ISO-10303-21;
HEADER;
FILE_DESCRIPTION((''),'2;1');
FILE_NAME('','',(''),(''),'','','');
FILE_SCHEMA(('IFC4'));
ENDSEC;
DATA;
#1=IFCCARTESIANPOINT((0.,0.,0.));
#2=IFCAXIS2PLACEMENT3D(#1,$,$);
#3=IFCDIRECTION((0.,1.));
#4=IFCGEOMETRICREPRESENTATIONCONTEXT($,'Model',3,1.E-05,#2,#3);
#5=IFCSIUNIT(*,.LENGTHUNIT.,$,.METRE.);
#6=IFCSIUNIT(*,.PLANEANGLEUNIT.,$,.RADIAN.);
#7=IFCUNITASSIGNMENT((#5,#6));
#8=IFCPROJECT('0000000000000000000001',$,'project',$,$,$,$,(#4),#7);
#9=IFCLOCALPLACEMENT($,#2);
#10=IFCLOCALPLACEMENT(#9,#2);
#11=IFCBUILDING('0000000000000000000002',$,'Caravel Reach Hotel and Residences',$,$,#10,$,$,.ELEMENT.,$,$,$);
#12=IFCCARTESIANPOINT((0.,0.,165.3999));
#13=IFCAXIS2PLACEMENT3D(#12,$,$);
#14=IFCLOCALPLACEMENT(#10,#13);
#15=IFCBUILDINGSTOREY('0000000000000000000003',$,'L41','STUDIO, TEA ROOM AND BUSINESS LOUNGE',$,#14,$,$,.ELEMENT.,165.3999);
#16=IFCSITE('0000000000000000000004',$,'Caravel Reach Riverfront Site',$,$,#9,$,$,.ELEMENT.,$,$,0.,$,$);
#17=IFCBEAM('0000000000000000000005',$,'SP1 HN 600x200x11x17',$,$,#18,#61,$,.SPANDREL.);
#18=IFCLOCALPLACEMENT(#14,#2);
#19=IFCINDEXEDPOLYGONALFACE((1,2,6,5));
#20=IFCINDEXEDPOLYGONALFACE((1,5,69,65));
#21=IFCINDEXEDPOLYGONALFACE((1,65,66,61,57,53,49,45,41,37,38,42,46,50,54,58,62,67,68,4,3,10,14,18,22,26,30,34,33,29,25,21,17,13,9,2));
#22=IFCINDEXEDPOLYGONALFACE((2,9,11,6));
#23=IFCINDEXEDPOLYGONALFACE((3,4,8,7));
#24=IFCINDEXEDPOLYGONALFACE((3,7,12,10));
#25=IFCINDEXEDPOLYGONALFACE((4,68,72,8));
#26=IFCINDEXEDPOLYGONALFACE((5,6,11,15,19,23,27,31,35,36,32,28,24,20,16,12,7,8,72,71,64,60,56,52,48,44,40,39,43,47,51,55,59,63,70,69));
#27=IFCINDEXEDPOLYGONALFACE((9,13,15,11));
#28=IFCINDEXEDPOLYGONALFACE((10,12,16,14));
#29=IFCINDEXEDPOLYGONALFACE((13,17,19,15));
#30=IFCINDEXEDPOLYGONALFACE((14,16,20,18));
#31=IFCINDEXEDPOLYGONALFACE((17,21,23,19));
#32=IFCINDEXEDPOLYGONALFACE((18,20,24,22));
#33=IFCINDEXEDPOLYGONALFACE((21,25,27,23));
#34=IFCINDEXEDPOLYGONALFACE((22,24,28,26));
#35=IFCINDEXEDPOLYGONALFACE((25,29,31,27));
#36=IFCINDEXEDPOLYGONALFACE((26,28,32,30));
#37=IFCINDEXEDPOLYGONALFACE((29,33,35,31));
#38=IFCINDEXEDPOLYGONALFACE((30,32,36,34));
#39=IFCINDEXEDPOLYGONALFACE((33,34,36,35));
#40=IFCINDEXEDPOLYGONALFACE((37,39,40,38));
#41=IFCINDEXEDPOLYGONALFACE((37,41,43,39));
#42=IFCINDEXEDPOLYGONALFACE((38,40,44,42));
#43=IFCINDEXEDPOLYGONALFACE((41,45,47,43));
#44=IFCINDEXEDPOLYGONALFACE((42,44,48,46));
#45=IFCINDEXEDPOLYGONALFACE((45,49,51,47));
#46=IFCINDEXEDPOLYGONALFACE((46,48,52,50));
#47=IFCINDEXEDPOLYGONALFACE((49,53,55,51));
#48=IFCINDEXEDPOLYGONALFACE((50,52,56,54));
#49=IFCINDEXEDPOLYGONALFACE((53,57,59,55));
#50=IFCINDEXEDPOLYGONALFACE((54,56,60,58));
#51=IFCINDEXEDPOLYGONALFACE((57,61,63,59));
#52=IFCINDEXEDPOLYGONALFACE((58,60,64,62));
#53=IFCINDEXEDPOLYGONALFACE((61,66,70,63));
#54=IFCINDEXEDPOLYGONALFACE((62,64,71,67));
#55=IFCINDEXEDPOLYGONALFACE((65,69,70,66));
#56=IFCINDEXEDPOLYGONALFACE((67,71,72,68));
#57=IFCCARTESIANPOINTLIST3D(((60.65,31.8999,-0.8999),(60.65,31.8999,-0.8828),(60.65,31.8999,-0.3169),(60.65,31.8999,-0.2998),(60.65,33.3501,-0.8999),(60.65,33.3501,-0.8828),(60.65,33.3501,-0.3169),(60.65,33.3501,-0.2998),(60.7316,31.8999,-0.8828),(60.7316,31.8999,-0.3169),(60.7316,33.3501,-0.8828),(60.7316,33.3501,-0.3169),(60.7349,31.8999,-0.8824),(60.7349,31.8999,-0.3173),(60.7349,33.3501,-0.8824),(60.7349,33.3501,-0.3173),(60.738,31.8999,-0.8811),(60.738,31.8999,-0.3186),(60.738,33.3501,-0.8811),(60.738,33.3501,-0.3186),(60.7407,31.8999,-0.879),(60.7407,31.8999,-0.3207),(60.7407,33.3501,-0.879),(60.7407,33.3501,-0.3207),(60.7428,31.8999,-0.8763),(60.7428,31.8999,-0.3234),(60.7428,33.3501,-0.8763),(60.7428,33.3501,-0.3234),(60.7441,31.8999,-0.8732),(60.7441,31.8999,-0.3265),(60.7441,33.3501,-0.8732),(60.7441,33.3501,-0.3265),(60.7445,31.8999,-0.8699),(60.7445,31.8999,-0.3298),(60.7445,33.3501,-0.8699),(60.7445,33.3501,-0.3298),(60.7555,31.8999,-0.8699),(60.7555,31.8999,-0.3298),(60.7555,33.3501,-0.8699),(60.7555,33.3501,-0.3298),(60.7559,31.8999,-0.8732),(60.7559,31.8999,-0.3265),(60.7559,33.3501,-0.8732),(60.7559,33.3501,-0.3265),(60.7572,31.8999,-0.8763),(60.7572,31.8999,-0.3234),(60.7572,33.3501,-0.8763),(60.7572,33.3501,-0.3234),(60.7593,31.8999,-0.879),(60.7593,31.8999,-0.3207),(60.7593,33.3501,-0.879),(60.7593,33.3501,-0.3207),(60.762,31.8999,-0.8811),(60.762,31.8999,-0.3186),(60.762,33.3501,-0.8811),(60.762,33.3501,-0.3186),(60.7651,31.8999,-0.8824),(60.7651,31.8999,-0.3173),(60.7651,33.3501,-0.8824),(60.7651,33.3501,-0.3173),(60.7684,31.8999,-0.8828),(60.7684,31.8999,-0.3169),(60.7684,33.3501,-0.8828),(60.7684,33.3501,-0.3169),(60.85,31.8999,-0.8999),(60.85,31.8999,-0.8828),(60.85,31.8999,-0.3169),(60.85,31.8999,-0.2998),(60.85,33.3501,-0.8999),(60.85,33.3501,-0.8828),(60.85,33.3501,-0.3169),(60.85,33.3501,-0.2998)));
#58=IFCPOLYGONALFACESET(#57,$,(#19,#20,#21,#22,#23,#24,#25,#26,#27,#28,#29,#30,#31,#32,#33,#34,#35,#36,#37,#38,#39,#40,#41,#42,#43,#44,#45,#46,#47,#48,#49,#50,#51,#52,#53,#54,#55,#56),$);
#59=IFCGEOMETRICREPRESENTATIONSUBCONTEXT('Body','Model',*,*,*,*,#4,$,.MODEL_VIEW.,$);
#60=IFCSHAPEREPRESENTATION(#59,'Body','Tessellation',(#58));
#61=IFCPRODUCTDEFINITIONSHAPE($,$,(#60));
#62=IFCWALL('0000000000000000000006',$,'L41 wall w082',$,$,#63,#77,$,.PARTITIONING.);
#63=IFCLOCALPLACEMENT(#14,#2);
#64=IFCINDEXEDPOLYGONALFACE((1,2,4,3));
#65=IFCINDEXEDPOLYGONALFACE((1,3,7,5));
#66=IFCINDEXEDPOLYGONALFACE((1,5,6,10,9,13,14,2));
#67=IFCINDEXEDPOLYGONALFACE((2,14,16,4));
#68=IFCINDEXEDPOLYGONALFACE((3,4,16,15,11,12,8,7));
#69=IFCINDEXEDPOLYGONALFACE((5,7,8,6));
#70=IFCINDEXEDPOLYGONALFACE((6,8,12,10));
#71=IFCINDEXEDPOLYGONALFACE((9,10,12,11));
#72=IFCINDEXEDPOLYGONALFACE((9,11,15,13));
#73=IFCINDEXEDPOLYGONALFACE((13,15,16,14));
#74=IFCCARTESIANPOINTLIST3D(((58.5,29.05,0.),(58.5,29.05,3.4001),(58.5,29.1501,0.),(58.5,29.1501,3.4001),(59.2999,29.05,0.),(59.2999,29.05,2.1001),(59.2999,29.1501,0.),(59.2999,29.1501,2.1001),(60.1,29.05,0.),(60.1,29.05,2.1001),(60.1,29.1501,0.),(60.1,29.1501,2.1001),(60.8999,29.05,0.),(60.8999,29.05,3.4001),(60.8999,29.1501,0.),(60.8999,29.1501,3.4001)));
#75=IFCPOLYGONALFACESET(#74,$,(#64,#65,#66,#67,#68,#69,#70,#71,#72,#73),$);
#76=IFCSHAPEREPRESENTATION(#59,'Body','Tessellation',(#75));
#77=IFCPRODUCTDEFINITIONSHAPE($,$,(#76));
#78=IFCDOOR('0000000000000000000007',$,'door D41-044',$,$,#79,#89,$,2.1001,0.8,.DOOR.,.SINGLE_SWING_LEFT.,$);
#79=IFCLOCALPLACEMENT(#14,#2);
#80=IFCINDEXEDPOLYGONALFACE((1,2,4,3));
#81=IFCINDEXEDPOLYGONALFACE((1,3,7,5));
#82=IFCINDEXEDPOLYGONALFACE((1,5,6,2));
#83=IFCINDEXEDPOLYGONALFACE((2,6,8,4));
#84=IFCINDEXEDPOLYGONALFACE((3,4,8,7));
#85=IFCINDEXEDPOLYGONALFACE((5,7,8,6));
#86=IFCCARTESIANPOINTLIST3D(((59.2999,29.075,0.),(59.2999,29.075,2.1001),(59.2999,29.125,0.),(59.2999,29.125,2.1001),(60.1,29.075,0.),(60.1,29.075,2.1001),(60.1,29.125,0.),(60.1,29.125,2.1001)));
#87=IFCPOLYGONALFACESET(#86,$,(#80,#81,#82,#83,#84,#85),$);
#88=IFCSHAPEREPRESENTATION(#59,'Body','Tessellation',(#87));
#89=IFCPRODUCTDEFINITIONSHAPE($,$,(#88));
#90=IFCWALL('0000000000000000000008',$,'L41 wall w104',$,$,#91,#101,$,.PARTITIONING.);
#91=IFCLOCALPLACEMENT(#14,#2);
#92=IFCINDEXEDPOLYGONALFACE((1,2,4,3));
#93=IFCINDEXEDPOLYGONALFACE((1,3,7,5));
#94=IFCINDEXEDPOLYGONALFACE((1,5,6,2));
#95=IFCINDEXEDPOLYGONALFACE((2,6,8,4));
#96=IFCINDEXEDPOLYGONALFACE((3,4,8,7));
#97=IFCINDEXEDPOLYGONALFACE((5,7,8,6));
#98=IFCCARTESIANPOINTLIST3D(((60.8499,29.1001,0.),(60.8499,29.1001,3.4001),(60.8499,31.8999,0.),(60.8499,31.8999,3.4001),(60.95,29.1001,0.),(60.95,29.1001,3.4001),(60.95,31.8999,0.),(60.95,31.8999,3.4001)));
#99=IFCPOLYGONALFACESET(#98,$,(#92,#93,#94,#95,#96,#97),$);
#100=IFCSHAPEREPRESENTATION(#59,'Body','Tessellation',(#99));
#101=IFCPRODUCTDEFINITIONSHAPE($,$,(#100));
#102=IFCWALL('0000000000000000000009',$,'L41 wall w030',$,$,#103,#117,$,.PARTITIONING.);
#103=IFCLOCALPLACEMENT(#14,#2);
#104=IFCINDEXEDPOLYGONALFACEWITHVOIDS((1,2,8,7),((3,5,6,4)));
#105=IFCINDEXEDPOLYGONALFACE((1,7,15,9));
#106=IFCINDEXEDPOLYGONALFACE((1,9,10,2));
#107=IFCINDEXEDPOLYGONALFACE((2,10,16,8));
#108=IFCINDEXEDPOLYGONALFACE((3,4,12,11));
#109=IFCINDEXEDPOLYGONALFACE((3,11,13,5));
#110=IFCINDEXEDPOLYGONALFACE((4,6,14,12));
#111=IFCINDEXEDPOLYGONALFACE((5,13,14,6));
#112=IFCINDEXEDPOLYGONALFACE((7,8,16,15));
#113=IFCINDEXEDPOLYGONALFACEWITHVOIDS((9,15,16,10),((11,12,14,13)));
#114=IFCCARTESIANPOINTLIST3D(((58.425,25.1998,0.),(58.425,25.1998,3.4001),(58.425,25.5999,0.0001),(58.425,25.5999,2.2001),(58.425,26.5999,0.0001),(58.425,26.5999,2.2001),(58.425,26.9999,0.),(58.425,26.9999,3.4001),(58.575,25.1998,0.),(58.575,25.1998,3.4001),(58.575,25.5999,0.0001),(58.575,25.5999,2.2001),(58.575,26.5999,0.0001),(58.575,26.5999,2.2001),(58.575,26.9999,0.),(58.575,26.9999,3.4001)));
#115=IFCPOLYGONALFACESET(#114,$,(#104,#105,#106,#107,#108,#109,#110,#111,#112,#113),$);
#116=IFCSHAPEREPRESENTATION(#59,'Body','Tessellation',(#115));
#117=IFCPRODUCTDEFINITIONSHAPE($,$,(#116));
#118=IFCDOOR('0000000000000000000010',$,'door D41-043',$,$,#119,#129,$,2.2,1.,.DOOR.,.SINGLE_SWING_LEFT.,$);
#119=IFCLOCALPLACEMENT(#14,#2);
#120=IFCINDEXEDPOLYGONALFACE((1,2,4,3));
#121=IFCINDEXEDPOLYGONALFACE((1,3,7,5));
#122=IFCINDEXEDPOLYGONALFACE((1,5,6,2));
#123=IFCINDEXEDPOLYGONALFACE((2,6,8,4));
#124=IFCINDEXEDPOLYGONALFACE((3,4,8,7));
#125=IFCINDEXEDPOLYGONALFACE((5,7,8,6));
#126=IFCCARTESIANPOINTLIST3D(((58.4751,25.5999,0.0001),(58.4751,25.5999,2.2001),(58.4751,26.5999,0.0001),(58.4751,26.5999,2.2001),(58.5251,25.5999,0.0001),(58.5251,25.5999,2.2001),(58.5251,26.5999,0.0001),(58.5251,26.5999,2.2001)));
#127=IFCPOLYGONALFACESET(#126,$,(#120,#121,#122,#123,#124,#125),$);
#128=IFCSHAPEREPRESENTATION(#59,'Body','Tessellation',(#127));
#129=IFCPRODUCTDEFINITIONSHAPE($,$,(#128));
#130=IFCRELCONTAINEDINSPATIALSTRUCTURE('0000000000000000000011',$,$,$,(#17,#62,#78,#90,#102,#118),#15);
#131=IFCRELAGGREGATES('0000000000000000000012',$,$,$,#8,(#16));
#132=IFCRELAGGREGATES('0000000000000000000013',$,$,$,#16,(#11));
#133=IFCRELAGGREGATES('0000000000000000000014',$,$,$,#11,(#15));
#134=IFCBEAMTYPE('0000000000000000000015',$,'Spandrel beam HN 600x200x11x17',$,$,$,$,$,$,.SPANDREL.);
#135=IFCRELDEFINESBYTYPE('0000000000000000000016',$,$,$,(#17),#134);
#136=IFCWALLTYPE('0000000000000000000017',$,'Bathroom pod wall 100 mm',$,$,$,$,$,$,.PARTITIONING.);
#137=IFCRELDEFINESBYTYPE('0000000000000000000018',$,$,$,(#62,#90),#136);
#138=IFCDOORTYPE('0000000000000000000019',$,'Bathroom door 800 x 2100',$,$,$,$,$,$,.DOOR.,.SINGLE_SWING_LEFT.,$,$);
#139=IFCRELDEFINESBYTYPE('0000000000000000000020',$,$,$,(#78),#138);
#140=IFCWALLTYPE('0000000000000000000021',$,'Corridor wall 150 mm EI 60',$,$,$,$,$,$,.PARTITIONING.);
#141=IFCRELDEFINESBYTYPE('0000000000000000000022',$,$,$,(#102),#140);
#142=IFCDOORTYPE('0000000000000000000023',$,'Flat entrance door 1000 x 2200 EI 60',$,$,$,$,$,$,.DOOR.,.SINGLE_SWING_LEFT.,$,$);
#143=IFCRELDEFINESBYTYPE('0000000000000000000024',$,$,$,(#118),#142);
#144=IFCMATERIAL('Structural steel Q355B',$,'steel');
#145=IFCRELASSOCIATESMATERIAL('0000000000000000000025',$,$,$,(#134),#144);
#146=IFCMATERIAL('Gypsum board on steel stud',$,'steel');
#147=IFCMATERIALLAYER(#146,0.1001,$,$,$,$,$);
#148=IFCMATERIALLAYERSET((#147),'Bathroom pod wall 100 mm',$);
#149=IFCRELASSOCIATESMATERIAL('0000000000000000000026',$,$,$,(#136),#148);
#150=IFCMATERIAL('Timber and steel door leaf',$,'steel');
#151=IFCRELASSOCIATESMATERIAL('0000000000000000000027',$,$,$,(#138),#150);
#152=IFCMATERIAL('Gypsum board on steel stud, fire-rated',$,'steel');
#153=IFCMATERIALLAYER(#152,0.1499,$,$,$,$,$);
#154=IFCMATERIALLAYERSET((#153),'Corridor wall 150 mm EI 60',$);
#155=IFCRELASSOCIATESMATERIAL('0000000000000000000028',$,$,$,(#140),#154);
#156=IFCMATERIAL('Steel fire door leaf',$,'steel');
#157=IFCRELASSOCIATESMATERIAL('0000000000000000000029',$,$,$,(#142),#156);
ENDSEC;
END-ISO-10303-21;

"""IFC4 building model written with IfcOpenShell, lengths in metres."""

from ifc_helpers import new_model, si_unit, direction, frame, frame_2d, origin, origin_2d, place, context, subcontext, project, spatial, rectangle, i_section, extrude, material, layer, layer_set, material_profile, profile_set, type_object, element, fill, save


model = new_model("IFC4")

# Units and contexts
model_context = context("Model", 3, precision=1e-05, world=origin(), true_north=direction((0.0, 1.0)))
body_context = subcontext(model_context, "Body", "Model", "MODEL_VIEW")
ifc_project = project(units=[si_unit("LENGTHUNIT", "METRE"), si_unit("PLANEANGLEUNIT", "RADIAN")], contexts=[model_context])

# Site, building, storey
site_placement = place(None, origin())
site = spatial("IfcSite", under=ifc_project, at=site_placement, Name="Caravel Reach Riverfront Site", CompositionType="ELEMENT", RefElevation=0.0)
building_placement = place(site_placement, origin())
building = spatial("IfcBuilding", under=site, at=building_placement, Name="Caravel Reach Hotel and Residences", CompositionType="ELEMENT")
storey_placement = place(building_placement, frame((0.0, 0.0, 165.3999)))
storey = spatial("IfcBuildingStorey", under=building, at=storey_placement, Name="L41", Description="STUDIO, TEA ROOM AND BUSINESS LOUNGE", CompositionType="ELEMENT", Elevation=165.3999)

# Beam
ifc_material_1 = material(Name="Structural steel Q355B", Category="steel")
ifc_material_profile_1 = material_profile(ifc_material_1, i_section(OverallWidth=0.2, OverallDepth=0.6001, WebThickness=0.011, FlangeThickness=0.0171, FilletRadius=0.0129, at=origin_2d()), Name="HN 600x200x11x17")
ifc_profile_set_1 = profile_set([ifc_material_profile_1], Name="Structural steel Q355B")
beam_type_1 = type_object("IfcBeamType", Name="Spandrel beam HN 600x200x11x17", PredefinedType="SPANDREL", material=ifc_profile_set_1)
for number, where, z_axis, x_axis, name in (
    (1, (60.75, 31.8999, -0.5999), (0.0, 1.0, 0.0), (-1.0, 0.0, 0.0), "SP1 HN 600x200x11x17"),
):
    element("IfcBeam", number, at=place(storey_placement, frame(where, z_axis=z_axis, x_axis=x_axis)), inside=storey, type_object=beam_type_1, Name=name, PredefinedType="SPANDREL", context=body_context, shape_type="SweptSolid", body=[
        extrude(i_section(OverallWidth=0.2, OverallDepth=0.6001, WebThickness=0.011, FlangeThickness=0.0171, FilletRadius=0.0129, at=origin_2d()), origin(), (0.0, 0.0, 1.0), 1.4502),
    ])

# Wall, opening, door
ifc_material_2 = material(Name="Gypsum board on steel stud", Category="steel")
ifc_layer_1 = layer(ifc_material_2, 0.1001)
ifc_layer_set_1 = layer_set([ifc_layer_1], Name="Bathroom pod wall 100 mm")
wall_type_1 = type_object("IfcWallType", Name="Bathroom pod wall 100 mm", PredefinedType="PARTITIONING", material=ifc_layer_set_1)
wall_1_placement = place(storey_placement, frame((58.5, 29.1001, 0.0), z_axis=(0.0, 0.0, 1.0), x_axis=(1.0, 0.0, 0.0)))
wall_1 = element("IfcWall", 2, at=wall_1_placement, inside=storey, type_object=wall_type_1, Name="L41 wall w082", PredefinedType="PARTITIONING", context=body_context, shape_type="SweptSolid", body=[
    extrude(rectangle(XDim=2.3999, YDim=0.1001, at=frame_2d((1.2, 0.0))), origin(), (0.0, 0.0, 1.0), 3.4001),
])
opening_1_placement = place(wall_1_placement, frame((0.8, 0.0, 0.0)))
opening_1 = element("IfcOpeningElement", 3, at=opening_1_placement, cuts=wall_1, PredefinedType="OPENING", context=body_context, shape_type="SweptSolid", body=[
    extrude(rectangle(XDim=0.8, YDim=2.1001, at=frame_2d((0.3999, 1.05))), frame((0.0, 0.0601, 0.0), z_axis=(0.0, -1.0, 0.0), x_axis=(1.0, 0.0, 0.0)), (0.0, 0.0, 1.0), 0.1201),
])
ifc_material_3 = material(Name="Timber and steel door leaf", Category="steel")
door_type_1 = type_object("IfcDoorType", Name="Bathroom door 800 x 2100", OperationType="SINGLE_SWING_LEFT", PredefinedType="DOOR", material=ifc_material_3)
door_1_placement = place(opening_1_placement, origin())
door_1 = element("IfcDoor", 4, at=door_1_placement, inside=storey, type_object=door_type_1, Name="door D41-044", OperationType="SINGLE_SWING_LEFT", OverallHeight=2.1001, OverallWidth=0.8, PredefinedType="DOOR", context=body_context, shape_type="SweptSolid", body=[
    extrude(rectangle(XDim=0.8, YDim=2.1001, at=frame_2d((0.3999, 1.05))), frame((0.0, 0.0249, 0.0), z_axis=(0.0, -1.0, 0.0), x_axis=(1.0, 0.0, 0.0)), (0.0, 0.0, 1.0), 0.05),
])
fill(opening_1, door_1)

# Wall
wall_2_placement = place(storey_placement, frame((60.8999, 29.1001, 0.0), z_axis=(0.0, 0.0, 1.0), x_axis=(0.0, 1.0, 0.0)))
element("IfcWall", 5, at=wall_2_placement, inside=storey, type_object=wall_type_1, Name="L41 wall w104", PredefinedType="PARTITIONING", context=body_context, shape_type="SweptSolid", body=[
    extrude(rectangle(XDim=2.7998, YDim=0.1001, at=frame_2d((1.3999, 0.0))), origin(), (0.0, 0.0, 1.0), 3.4001),
])

# Wall, opening, door
ifc_material_4 = material(Name="Gypsum board on steel stud, fire-rated", Category="steel")
ifc_layer_2 = layer(ifc_material_4, 0.1499)
ifc_layer_set_2 = layer_set([ifc_layer_2], Name="Corridor wall 150 mm EI 60")
wall_type_2 = type_object("IfcWallType", Name="Corridor wall 150 mm EI 60", PredefinedType="PARTITIONING", material=ifc_layer_set_2)
wall_3_placement = place(storey_placement, frame((58.5, 25.2, 0.0), z_axis=(0.0, 0.0, 1.0), x_axis=(0.0, 1.0, 0.0)))
wall_3 = element("IfcWall", 6, at=wall_3_placement, inside=storey, type_object=wall_type_2, Name="L41 wall w030", PredefinedType="PARTITIONING", context=body_context, shape_type="SweptSolid", body=[
    extrude(rectangle(XDim=1.8, YDim=0.1499, at=frame_2d((0.8999, 0.0))), origin(), (0.0, 0.0, 1.0), 3.4001),
])
opening_2_placement = place(wall_3_placement, frame((0.3999, 0.0, 0.0)))
opening_2 = element("IfcOpeningElement", 7, at=opening_2_placement, cuts=wall_3, PredefinedType="OPENING", context=body_context, shape_type="SweptSolid", body=[
    extrude(rectangle(XDim=1.0, YDim=2.2, at=frame_2d((0.5, 1.1001))), frame((0.0, 0.085, 0.0), z_axis=(0.0, -1.0, 0.0), x_axis=(1.0, 0.0, 0.0)), (0.0, 0.0, 1.0), 0.1699),
])
ifc_material_5 = material(Name="Steel fire door leaf", Category="steel")
door_type_2 = type_object("IfcDoorType", Name="Flat entrance door 1000 x 2200 EI 60", OperationType="SINGLE_SWING_LEFT", PredefinedType="DOOR", material=ifc_material_5)
door_2_placement = place(opening_2_placement, origin())
door_2 = element("IfcDoor", 8, at=door_2_placement, inside=storey, type_object=door_type_2, Name="door D41-043", OperationType="SINGLE_SWING_LEFT", OverallHeight=2.2, OverallWidth=1.0, PredefinedType="DOOR", context=body_context, shape_type="SweptSolid", body=[
    extrude(rectangle(XDim=1.0, YDim=2.2, at=frame_2d((0.5, 1.1001))), frame((0.0, 0.0249, 0.0), z_axis=(0.0, -1.0, 0.0), x_axis=(1.0, 0.0, 0.0)), (0.0, 0.0, 1.0), 0.05),
])
fill(opening_2, door_2)

save(model, "model.ifc")
